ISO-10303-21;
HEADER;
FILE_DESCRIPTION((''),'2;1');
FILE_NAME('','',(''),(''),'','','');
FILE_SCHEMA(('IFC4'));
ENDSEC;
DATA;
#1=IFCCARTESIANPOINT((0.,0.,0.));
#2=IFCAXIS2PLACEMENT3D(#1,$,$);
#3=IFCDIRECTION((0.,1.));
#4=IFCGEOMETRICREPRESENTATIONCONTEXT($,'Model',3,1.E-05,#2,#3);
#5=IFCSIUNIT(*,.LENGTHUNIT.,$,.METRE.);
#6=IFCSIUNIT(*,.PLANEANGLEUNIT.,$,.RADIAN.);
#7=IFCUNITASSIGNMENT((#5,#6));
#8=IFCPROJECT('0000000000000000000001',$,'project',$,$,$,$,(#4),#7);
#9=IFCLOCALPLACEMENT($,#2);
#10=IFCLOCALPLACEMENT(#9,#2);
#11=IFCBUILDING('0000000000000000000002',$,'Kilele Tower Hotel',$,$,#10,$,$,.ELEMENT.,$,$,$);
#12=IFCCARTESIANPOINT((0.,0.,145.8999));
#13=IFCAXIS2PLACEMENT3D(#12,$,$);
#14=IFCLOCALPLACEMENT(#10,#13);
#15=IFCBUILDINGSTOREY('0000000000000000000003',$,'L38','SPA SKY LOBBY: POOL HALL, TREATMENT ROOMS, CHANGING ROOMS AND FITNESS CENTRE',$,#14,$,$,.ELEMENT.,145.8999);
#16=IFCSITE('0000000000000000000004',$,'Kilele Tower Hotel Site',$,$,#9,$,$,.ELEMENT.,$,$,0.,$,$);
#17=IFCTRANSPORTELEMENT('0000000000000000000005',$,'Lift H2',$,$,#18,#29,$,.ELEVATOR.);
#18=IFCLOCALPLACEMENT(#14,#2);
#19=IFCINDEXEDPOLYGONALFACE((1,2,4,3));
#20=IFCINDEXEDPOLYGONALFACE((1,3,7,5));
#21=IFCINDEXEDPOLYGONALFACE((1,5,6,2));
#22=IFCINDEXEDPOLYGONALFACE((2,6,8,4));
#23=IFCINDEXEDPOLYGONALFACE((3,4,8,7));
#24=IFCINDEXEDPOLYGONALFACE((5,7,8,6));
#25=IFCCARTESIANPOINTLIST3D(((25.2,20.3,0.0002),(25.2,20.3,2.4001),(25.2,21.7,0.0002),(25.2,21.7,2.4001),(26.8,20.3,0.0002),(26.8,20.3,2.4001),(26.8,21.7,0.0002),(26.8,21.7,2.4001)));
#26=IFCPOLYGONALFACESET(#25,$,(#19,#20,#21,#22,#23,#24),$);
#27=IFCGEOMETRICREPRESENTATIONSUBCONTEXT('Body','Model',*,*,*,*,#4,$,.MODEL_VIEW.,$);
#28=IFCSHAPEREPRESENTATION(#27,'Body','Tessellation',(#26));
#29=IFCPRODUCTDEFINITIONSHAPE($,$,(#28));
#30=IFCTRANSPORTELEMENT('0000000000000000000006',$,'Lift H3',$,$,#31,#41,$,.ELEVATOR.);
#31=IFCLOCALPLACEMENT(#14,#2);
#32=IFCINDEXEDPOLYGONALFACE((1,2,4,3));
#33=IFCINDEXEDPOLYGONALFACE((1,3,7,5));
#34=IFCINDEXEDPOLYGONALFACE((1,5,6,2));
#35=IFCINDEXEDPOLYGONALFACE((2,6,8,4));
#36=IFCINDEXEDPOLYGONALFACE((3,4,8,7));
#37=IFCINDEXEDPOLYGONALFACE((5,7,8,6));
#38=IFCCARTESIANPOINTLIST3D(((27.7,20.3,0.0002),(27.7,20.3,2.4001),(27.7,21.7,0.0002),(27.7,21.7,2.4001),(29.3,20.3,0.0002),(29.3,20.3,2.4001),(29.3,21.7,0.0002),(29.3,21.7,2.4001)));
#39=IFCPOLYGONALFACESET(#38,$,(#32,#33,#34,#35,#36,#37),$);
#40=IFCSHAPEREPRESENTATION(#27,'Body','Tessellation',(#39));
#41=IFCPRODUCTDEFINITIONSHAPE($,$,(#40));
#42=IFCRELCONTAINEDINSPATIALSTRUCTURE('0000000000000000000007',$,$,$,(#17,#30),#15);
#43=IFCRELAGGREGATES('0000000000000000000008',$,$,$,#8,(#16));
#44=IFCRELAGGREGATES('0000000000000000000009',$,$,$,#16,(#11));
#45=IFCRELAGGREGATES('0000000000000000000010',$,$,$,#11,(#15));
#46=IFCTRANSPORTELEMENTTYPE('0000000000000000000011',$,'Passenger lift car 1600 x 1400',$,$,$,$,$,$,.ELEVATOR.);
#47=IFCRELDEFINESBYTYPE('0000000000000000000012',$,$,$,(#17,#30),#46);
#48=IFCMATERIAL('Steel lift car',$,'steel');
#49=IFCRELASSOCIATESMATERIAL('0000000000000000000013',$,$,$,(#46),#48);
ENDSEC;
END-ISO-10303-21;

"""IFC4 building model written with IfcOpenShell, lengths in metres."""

from ifc_helpers import new_model, si_unit, direction, frame, origin, origin_2d, place, context, subcontext, project, spatial, rectangle, extrude, material, type_object, element, save


model = new_model("IFC4")

# Units and contexts
model_context = context("Model", 3, precision=1e-05, world=origin(), true_north=direction((0.0, 1.0)))
body_context = subcontext(model_context, "Body", "Model", "MODEL_VIEW")
ifc_project = project(units=[si_unit("LENGTHUNIT", "METRE"), si_unit("PLANEANGLEUNIT", "RADIAN")], contexts=[model_context])

# Site, building, storey
site_placement = place(None, origin())
site = spatial("IfcSite", under=ifc_project, at=site_placement, Name="Kilele Tower Hotel Site", CompositionType="ELEMENT", RefElevation=0.0)
building_placement = place(site_placement, origin())
building = spatial("IfcBuilding", under=site, at=building_placement, Name="Kilele Tower Hotel", CompositionType="ELEMENT")
storey_placement = place(building_placement, frame((0.0, 0.0, 145.8999)))
storey = spatial("IfcBuildingStorey", under=building, at=storey_placement, Name="L38", Description="SPA SKY LOBBY: POOL HALL, TREATMENT ROOMS, CHANGING ROOMS AND FITNESS CENTRE", CompositionType="ELEMENT", Elevation=145.8999)

# Transport elements
ifc_material_1 = material(Name="Steel lift car", Category="steel")
transport_element_type = type_object("IfcTransportElementType", Name="Passenger lift car 1600 x 1400", PredefinedType="ELEVATOR", material=ifc_material_1)
for number, where, z_axis, x_axis, name in (
    (1, (26.0, 21.0, 0.0002), (0.0, 0.0, 1.0), (1.0, 0.0, 0.0), "Lift H2"),
    (2, (28.5, 21.0, 0.0002), (0.0, 0.0, 1.0), (1.0, 0.0, 0.0), "Lift H3"),
):
    element("IfcTransportElement", number, at=place(storey_placement, frame(where, z_axis=z_axis, x_axis=x_axis)), inside=storey, type_object=transport_element_type, Name=name, PredefinedType="ELEVATOR", context=body_context, shape_type="SweptSolid", body=[
        extrude(rectangle(XDim=1.6001, YDim=1.3999, at=origin_2d()), origin(), (0.0, 0.0, 1.0), 2.3999),
    ])

save(model, "model.ifc")
